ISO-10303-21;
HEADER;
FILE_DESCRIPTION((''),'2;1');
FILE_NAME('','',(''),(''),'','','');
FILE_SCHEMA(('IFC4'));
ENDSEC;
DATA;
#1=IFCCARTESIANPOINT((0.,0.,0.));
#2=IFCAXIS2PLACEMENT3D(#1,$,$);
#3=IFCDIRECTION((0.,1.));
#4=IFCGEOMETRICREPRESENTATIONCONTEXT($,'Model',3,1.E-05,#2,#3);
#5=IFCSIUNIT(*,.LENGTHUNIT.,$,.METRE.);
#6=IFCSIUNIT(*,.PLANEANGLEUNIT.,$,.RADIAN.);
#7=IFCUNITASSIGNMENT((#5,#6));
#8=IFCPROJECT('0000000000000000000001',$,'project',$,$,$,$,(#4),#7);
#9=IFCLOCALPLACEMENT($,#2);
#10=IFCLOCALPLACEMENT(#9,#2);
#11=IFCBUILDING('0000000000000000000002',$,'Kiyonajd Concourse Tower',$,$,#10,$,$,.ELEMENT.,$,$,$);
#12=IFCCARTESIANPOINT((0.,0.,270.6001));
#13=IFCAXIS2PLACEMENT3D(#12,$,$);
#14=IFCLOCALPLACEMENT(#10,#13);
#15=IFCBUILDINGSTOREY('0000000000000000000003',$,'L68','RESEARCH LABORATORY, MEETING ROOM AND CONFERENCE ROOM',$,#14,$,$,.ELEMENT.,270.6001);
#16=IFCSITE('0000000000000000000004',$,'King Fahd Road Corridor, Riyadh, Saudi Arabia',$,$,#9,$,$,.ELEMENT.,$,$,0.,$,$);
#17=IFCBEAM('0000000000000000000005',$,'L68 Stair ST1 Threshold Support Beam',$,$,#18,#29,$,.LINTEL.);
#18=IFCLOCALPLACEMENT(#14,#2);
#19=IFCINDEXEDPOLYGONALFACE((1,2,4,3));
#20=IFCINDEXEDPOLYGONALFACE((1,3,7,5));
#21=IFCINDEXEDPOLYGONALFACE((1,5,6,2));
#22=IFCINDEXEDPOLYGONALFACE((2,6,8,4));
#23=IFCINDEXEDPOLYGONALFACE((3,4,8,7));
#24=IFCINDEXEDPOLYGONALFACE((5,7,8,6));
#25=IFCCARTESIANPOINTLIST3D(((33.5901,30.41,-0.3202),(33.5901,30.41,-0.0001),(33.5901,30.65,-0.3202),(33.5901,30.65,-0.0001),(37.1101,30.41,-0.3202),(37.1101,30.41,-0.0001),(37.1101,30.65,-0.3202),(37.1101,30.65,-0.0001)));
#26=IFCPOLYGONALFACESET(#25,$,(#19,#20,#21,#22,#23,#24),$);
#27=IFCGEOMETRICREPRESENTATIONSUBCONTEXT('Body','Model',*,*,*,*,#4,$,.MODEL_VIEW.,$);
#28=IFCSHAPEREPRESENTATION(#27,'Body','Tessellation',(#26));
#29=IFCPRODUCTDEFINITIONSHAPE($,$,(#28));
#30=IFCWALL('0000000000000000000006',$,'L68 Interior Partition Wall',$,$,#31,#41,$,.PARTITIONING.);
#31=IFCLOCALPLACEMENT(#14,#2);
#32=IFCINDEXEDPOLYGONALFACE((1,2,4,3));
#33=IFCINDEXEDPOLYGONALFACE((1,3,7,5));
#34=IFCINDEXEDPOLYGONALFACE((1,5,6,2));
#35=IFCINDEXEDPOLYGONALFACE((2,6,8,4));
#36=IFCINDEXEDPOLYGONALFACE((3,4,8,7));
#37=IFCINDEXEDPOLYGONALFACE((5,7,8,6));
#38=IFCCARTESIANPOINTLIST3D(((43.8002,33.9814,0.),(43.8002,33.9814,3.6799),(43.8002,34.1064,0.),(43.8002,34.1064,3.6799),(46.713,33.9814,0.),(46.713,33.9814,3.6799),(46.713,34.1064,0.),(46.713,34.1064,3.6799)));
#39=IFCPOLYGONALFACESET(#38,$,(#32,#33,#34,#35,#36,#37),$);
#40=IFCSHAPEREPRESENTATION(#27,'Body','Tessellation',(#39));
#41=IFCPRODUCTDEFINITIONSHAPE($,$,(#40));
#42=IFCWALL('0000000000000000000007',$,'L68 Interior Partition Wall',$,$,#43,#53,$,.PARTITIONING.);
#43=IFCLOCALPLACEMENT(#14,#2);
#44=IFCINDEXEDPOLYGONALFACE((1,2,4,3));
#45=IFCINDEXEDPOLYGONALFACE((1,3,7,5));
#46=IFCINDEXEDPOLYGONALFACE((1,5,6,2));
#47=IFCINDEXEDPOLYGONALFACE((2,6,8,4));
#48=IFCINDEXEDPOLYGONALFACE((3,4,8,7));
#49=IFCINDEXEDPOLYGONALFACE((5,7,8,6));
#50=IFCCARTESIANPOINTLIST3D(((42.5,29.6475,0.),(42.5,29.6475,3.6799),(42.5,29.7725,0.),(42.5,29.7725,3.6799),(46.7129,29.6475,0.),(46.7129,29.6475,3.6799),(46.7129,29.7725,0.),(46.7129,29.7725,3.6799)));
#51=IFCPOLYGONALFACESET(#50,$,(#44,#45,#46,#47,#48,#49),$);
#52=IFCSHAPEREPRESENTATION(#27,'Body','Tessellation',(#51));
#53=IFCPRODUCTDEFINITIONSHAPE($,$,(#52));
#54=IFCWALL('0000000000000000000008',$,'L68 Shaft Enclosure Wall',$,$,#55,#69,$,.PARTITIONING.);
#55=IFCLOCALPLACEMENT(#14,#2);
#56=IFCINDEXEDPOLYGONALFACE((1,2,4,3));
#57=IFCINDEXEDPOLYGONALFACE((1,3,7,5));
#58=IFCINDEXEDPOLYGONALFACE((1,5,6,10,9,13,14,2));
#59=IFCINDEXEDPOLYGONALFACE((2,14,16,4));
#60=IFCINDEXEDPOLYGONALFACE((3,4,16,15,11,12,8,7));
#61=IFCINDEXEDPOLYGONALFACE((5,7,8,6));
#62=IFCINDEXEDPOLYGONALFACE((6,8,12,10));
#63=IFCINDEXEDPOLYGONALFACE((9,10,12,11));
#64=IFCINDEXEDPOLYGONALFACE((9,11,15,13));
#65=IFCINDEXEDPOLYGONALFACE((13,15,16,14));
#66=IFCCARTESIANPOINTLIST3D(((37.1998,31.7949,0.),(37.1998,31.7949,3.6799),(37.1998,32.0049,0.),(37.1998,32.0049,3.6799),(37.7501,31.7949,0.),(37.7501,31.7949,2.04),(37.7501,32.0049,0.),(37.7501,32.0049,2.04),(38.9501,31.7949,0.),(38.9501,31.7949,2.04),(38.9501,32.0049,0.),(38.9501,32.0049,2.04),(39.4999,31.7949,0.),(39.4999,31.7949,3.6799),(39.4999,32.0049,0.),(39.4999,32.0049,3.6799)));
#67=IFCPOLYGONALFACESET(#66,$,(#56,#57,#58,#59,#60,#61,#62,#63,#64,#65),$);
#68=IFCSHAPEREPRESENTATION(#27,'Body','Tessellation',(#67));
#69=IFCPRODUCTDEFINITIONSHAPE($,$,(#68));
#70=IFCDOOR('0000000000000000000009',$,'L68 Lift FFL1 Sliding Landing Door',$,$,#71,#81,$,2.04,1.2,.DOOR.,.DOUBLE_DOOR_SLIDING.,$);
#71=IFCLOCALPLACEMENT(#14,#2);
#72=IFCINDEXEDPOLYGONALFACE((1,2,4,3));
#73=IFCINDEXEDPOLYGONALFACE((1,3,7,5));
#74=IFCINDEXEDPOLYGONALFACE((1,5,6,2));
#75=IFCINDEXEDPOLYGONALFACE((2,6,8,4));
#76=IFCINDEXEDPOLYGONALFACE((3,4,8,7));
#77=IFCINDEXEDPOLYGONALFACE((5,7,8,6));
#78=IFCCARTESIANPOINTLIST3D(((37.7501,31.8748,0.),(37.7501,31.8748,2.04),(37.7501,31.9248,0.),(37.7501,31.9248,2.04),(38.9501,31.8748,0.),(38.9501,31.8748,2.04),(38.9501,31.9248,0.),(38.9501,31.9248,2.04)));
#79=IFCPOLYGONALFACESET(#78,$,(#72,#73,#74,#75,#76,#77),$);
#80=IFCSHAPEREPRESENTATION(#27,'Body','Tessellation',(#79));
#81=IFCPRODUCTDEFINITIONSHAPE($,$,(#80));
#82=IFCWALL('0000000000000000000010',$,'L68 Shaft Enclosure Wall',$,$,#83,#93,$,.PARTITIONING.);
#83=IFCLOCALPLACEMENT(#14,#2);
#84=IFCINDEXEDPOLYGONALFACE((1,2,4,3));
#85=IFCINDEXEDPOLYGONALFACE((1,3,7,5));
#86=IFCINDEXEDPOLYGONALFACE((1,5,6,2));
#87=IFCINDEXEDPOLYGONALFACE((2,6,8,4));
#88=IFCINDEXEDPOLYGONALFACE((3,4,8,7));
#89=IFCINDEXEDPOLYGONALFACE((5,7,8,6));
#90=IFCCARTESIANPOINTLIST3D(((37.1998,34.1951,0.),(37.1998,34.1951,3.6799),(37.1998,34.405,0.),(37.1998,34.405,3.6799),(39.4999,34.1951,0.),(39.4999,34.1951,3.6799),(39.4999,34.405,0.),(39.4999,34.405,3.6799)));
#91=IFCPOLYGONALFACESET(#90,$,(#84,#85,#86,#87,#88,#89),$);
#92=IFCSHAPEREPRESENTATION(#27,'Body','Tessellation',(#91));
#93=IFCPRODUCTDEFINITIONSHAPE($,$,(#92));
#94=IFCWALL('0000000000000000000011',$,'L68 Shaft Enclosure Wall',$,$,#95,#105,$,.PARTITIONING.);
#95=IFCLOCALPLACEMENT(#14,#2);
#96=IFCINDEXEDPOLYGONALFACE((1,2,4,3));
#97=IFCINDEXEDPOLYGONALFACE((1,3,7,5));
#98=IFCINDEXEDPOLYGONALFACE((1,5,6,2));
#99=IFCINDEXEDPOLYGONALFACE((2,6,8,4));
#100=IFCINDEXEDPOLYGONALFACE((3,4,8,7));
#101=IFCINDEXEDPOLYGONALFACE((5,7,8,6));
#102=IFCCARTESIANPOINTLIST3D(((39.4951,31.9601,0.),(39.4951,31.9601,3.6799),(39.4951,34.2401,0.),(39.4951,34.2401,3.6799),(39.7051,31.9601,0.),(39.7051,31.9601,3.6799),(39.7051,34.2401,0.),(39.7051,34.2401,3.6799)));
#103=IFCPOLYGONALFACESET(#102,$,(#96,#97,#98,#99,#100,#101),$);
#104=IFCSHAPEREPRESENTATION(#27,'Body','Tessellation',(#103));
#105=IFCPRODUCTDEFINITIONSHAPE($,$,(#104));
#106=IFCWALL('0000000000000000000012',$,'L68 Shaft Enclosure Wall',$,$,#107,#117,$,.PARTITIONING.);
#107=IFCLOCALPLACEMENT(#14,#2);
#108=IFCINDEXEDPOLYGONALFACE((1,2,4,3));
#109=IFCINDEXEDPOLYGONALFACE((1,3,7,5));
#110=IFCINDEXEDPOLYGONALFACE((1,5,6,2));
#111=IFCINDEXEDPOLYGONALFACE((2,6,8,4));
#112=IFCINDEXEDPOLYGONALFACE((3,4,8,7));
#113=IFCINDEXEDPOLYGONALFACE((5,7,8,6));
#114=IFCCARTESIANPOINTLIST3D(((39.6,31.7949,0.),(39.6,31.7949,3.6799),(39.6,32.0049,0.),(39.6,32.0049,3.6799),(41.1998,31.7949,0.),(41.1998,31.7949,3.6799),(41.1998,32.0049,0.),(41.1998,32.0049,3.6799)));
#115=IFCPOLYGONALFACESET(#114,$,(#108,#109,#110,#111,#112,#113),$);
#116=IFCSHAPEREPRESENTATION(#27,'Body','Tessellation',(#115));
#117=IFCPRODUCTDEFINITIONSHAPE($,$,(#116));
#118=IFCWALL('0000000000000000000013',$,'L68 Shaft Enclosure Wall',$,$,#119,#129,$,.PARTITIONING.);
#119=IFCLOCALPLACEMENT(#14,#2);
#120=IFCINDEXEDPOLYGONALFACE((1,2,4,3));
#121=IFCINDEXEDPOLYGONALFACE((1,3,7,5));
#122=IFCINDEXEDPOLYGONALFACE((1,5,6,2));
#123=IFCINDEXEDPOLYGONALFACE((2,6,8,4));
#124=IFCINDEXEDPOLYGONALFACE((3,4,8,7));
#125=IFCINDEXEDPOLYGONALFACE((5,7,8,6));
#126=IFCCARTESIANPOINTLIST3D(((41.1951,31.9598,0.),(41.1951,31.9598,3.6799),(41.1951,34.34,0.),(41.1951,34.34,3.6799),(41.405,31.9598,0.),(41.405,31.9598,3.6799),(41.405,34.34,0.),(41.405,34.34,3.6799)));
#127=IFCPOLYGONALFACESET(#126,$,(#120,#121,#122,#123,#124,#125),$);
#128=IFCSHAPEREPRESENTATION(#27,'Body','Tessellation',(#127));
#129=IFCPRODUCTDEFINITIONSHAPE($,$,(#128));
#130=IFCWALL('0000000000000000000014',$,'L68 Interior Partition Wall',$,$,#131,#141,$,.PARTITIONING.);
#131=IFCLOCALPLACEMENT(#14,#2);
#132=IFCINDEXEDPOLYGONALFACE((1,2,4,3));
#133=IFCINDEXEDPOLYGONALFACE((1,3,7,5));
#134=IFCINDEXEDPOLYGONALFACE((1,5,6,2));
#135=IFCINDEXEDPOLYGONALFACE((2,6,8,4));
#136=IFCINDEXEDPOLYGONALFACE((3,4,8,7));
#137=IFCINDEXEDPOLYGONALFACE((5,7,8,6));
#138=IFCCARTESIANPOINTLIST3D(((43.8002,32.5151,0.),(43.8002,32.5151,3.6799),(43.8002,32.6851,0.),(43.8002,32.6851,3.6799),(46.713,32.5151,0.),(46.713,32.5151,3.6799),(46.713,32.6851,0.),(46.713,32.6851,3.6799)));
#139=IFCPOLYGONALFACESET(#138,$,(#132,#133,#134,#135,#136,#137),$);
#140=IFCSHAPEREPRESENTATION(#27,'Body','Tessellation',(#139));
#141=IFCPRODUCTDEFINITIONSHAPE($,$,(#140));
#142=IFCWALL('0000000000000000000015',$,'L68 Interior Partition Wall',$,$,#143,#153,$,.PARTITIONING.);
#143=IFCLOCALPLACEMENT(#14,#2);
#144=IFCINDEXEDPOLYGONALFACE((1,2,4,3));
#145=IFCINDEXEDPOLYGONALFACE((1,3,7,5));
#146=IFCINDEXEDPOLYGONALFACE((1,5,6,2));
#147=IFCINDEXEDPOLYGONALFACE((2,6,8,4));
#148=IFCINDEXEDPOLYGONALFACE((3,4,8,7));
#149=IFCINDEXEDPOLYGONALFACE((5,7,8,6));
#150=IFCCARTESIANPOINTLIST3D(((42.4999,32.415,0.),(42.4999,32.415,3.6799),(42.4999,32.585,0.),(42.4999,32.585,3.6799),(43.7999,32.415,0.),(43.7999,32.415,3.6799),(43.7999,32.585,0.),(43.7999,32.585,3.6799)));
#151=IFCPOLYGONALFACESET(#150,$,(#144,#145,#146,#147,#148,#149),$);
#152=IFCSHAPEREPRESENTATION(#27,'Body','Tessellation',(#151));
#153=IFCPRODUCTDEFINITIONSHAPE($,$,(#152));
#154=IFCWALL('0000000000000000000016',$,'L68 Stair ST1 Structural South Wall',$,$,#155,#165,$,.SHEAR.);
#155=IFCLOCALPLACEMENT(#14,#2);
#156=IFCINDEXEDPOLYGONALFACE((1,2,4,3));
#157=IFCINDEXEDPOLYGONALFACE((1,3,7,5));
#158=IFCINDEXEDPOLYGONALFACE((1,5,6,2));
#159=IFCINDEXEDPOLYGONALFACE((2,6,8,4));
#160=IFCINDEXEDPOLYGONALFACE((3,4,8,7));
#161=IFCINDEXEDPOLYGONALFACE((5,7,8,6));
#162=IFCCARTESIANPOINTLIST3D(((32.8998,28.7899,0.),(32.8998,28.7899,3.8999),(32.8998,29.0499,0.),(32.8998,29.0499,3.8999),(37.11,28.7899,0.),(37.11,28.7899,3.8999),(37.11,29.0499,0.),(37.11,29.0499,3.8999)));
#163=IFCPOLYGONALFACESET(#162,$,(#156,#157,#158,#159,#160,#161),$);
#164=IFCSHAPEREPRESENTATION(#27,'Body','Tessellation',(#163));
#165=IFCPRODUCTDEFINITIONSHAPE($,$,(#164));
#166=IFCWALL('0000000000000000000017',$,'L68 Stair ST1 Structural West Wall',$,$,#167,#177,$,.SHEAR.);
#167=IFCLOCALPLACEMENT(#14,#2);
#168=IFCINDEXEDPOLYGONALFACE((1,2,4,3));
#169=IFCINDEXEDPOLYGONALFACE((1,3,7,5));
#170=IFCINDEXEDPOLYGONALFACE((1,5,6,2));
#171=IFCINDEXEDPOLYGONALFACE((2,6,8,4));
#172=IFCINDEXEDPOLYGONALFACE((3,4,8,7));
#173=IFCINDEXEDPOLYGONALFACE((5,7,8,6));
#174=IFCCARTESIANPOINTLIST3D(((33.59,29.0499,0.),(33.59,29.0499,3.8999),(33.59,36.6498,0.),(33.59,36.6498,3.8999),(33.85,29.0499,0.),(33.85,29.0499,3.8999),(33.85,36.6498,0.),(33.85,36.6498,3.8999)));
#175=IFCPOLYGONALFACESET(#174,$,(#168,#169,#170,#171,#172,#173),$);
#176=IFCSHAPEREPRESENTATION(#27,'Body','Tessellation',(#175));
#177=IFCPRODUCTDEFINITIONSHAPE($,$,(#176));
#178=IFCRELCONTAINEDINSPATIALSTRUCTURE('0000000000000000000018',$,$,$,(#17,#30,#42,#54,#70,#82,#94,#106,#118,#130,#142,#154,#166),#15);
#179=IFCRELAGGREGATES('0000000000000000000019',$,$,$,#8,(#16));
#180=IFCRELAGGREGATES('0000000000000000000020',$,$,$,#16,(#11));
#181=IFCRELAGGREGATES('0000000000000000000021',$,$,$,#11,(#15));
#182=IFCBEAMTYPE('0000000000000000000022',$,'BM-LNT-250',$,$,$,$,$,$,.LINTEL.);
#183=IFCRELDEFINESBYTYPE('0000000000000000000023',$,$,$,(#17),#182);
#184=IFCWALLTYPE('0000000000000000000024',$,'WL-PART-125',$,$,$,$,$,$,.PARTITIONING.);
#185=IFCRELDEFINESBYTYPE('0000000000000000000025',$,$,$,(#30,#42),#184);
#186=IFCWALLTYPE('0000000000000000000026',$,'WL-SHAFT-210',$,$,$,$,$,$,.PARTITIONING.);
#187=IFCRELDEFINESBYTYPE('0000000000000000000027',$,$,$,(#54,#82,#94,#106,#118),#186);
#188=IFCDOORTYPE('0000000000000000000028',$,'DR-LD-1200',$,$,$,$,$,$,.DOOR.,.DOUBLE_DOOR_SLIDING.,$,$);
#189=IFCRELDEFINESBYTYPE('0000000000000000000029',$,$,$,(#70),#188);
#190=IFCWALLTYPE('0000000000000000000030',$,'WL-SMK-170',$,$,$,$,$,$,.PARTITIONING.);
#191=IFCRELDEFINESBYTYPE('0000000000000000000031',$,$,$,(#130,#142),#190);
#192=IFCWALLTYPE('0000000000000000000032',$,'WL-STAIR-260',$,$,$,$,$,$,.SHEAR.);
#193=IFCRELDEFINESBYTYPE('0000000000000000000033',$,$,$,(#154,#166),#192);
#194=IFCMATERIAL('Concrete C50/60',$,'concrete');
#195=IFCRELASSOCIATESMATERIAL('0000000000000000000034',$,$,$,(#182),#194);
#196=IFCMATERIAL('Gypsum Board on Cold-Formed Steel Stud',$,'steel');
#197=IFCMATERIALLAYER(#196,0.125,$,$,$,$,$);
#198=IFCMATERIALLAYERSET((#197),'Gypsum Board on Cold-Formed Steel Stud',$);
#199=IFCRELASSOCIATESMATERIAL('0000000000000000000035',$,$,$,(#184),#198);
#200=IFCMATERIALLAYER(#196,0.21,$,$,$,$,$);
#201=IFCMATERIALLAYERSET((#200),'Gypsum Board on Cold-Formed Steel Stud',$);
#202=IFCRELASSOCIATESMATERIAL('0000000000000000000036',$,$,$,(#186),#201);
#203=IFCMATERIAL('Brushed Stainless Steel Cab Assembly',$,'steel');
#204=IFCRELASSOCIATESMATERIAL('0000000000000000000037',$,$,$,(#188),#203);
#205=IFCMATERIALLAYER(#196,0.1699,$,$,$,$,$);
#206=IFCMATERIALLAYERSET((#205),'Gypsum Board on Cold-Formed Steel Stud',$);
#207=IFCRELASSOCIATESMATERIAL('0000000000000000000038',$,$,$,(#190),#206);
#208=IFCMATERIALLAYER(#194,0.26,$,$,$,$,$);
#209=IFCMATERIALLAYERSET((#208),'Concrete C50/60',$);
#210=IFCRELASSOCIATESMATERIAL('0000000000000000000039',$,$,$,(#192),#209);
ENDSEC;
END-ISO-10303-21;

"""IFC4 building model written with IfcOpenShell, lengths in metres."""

from ifc_helpers import new_model, si_unit, direction, frame, frame_2d, origin, origin_2d, place, context, subcontext, project, spatial, rectangle, extrude, material, layer, layer_set, material_profile, profile_set, type_object, element, fill, save


model = new_model("IFC4")

# Units and contexts
model_context = context("Model", 3, precision=1e-05, world=origin(), true_north=direction((0.0, 1.0)))
body_context = subcontext(model_context, "Body", "Model", "MODEL_VIEW")
ifc_project = project(units=[si_unit("LENGTHUNIT", "METRE"), si_unit("PLANEANGLEUNIT", "RADIAN")], contexts=[model_context])

# Site, building, storey
site_placement = place(None, origin())
site = spatial("IfcSite", under=ifc_project, at=site_placement, Name="King Fahd Road Corridor, Riyadh, Saudi Arabia", CompositionType="ELEMENT", RefElevation=0.0)
building_placement = place(site_placement, origin())
building = spatial("IfcBuilding", under=site, at=building_placement, Name="Kiyonajd Concourse Tower", CompositionType="ELEMENT")
storey_placement = place(building_placement, frame((0.0, 0.0, 270.6001)))
storey = spatial("IfcBuildingStorey", under=building, at=storey_placement, Name="L68", Description="RESEARCH LABORATORY, MEETING ROOM AND CONFERENCE ROOM", CompositionType="ELEMENT", Elevation=270.6001)

# Beam
ifc_material_1 = material(Name="Concrete C50/60", Category="concrete")
ifc_material_profile = material_profile(ifc_material_1, rectangle(XDim=0.24, YDim=0.3201, at=origin_2d()), Name="RCBM-240x320")
ifc_profile_set = profile_set([ifc_material_profile], Name="Concrete C50/60")
beam_type = type_object("IfcBeamType", Name="BM-LNT-250", PredefinedType="LINTEL", material=ifc_profile_set)
beam_placement = place(storey_placement, frame((33.5901, 30.53, -0.1602), z_axis=(1.0, 0.0, 0.0), x_axis=(0.0, 1.0, 0.0)))
element("IfcBeam", 1, at=beam_placement, inside=storey, type_object=beam_type, Name="L68 Stair ST1 Threshold Support Beam", PredefinedType="LINTEL", context=body_context, shape_type="SweptSolid", body=[
    extrude(rectangle(XDim=0.24, YDim=0.3201, at=origin_2d()), origin(), (0.0, 0.0, 1.0), 3.52),
])

# Walls
ifc_material_2 = material(Name="Gypsum Board on Cold-Formed Steel Stud", Category="steel")
ifc_layer_1 = layer(ifc_material_2, 0.125)
ifc_layer_set_1 = layer_set([ifc_layer_1], Name="Gypsum Board on Cold-Formed Steel Stud")
wall_type_1 = type_object("IfcWallType", Name="WL-PART-125", PredefinedType="PARTITIONING", material=ifc_layer_set_1)
wall_1_placement = place(storey_placement, frame((43.8, 34.0439, 0.0), z_axis=(0.0, 0.0, 1.0), x_axis=(1.0, 0.0, 0.0)))
element("IfcWall", 2, at=wall_1_placement, inside=storey, type_object=wall_type_1, Name="L68 Interior Partition Wall", PredefinedType="PARTITIONING", context=body_context, shape_type="SweptSolid", body=[
    extrude(rectangle(XDim=2.9128, YDim=0.125, at=frame_2d((1.4565, 0.0))), origin(), (0.0, 0.0, 1.0), 3.6799),
])
wall_2_placement = place(storey_placement, frame((42.5, 29.71, 0.0), z_axis=(0.0, 0.0, 1.0), x_axis=(1.0, 0.0, 0.0)))
element("IfcWall", 3, at=wall_2_placement, inside=storey, type_object=wall_type_1, Name="L68 Interior Partition Wall", PredefinedType="PARTITIONING", context=body_context, shape_type="SweptSolid", body=[
    extrude(rectangle(XDim=4.2129, YDim=0.125, at=frame_2d((2.1064, 0.0))), origin(), (0.0, 0.0, 1.0), 3.6799),
])

# Wall, opening, door
ifc_layer_2 = layer(ifc_material_2, 0.21)
ifc_layer_set_2 = layer_set([ifc_layer_2], Name="Gypsum Board on Cold-Formed Steel Stud")
wall_type_2 = type_object("IfcWallType", Name="WL-SHAFT-210", PredefinedType="PARTITIONING", material=ifc_layer_set_2)
wall_3_placement = place(storey_placement, frame((37.2, 31.8999, 0.0), z_axis=(0.0, 0.0, 1.0), x_axis=(1.0, 0.0, 0.0)))
wall_3 = element("IfcWall", 4, at=wall_3_placement, inside=storey, type_object=wall_type_2, Name="L68 Shaft Enclosure Wall", PredefinedType="PARTITIONING", context=body_context, shape_type="SweptSolid", body=[
    extrude(rectangle(XDim=2.3, YDim=0.21, at=frame_2d((1.1499, 0.0))), origin(), (0.0, 0.0, 1.0), 3.6799),
])
opening_1_placement = place(wall_3_placement, frame((0.55, 0.0, 0.0)))
opening_1 = element("IfcOpeningElement", 5, at=opening_1_placement, cuts=wall_3, PredefinedType="OPENING", context=body_context, shape_type="SweptSolid", body=[
    extrude(rectangle(XDim=1.2, YDim=2.04, at=frame_2d((0.6001, 1.02))), frame((0.0, 0.115, 0.0), z_axis=(0.0, -1.0, 0.0), x_axis=(1.0, 0.0, 0.0)), (0.0, 0.0, 1.0), 0.23),
])
ifc_material_3 = material(Name="Brushed Stainless Steel Cab Assembly", Category="steel")
door_type_1 = type_object("IfcDoorType", Name="DR-LD-1200", OperationType="DOUBLE_DOOR_SLIDING", PredefinedType="DOOR", material=ifc_material_3)
door_1_placement = place(opening_1_placement, origin())
door_1 = element("IfcDoor", 6, at=door_1_placement, inside=storey, type_object=door_type_1, Name="L68 Lift FFL1 Sliding Landing Door", OperationType="DOUBLE_DOOR_SLIDING", OverallHeight=2.04, OverallWidth=1.2, PredefinedType="DOOR", context=body_context, shape_type="SweptSolid", body=[
    extrude(rectangle(XDim=1.2, YDim=2.04, at=frame_2d((0.6001, 1.02))), frame((0.0, 0.0249, 0.0), z_axis=(0.0, -1.0, 0.0), x_axis=(1.0, 0.0, 0.0)), (0.0, 0.0, 1.0), 0.05),
])
fill(opening_1, door_1)

# Walls
wall_4_placement = place(storey_placement, frame((37.2, 34.3, 0.0), z_axis=(0.0, 0.0, 1.0), x_axis=(1.0, 0.0, 0.0)))
element("IfcWall", 7, at=wall_4_placement, inside=storey, type_object=wall_type_2, Name="L68 Shaft Enclosure Wall", PredefinedType="PARTITIONING", context=body_context, shape_type="SweptSolid", body=[
    extrude(rectangle(XDim=2.3, YDim=0.21, at=frame_2d((1.1499, 0.0))), origin(), (0.0, 0.0, 1.0), 3.6799),
])
wall_5_placement = place(storey_placement, frame((39.6001, 31.96, 0.0), z_axis=(0.0, 0.0, 1.0), x_axis=(0.0, 1.0, 0.0)))
element("IfcWall", 8, at=wall_5_placement, inside=storey, type_object=wall_type_2, Name="L68 Shaft Enclosure Wall", PredefinedType="PARTITIONING", context=body_context, shape_type="SweptSolid", body=[
    extrude(rectangle(XDim=2.28, YDim=0.21, at=frame_2d((1.1401, 0.0))), origin(), (0.0, 0.0, 1.0), 3.6799),
])
wall_6_placement = place(storey_placement, frame((39.6001, 31.8999, 0.0), z_axis=(0.0, 0.0, 1.0), x_axis=(1.0, 0.0, 0.0)))
element("IfcWall", 9, at=wall_6_placement, inside=storey, type_object=wall_type_2, Name="L68 Shaft Enclosure Wall", PredefinedType="PARTITIONING", context=body_context, shape_type="SweptSolid", body=[
    extrude(rectangle(XDim=1.5999, YDim=0.21, at=frame_2d((0.7998, 0.0))), origin(), (0.0, 0.0, 1.0), 3.6799),
])
wall_7_placement = place(storey_placement, frame((41.3, 31.96, 0.0), z_axis=(0.0, 0.0, 1.0), x_axis=(0.0, 1.0, 0.0)))
element("IfcWall", 10, at=wall_7_placement, inside=storey, type_object=wall_type_2, Name="L68 Shaft Enclosure Wall", PredefinedType="PARTITIONING", context=body_context, shape_type="SweptSolid", body=[
    extrude(rectangle(XDim=2.3801, YDim=0.21, at=frame_2d((1.1899, 0.0))), origin(), (0.0, 0.0, 1.0), 3.6799),
])
ifc_layer_3 = layer(ifc_material_2, 0.1699)
ifc_layer_set_3 = layer_set([ifc_layer_3], Name="Gypsum Board on Cold-Formed Steel Stud")
wall_type_3 = type_object("IfcWallType", Name="WL-SMK-170", PredefinedType="PARTITIONING", material=ifc_layer_set_3)
wall_8_placement = place(storey_placement, frame((43.8, 32.6001, 0.0), z_axis=(0.0, 0.0, 1.0), x_axis=(1.0, 0.0, 0.0)))
element("IfcWall", 11, at=wall_8_placement, inside=storey, type_object=wall_type_3, Name="L68 Interior Partition Wall", PredefinedType="PARTITIONING", context=body_context, shape_type="SweptSolid", body=[
    extrude(rectangle(XDim=2.9128, YDim=0.1699, at=frame_2d((1.4565, 0.0))), origin(), (0.0, 0.0, 1.0), 3.6799),
])
wall_9_placement = place(storey_placement, frame((42.5, 32.5, 0.0), z_axis=(0.0, 0.0, 1.0), x_axis=(1.0, 0.0, 0.0)))
element("IfcWall", 12, at=wall_9_placement, inside=storey, type_object=wall_type_3, Name="L68 Interior Partition Wall", PredefinedType="PARTITIONING", context=body_context, shape_type="SweptSolid", body=[
    extrude(rectangle(XDim=1.3, YDim=0.1699, at=frame_2d((0.6499, 0.0))), origin(), (0.0, 0.0, 1.0), 3.6799),
])
ifc_layer_4 = layer(ifc_material_1, 0.26)
ifc_layer_set_4 = layer_set([ifc_layer_4], Name="Concrete C50/60")
wall_type_4 = type_object("IfcWallType", Name="WL-STAIR-260", PredefinedType="SHEAR", material=ifc_layer_set_4)
wall_10_placement = place(storey_placement, frame((32.8999, 28.9199, 0.0), z_axis=(0.0, 0.0, 1.0), x_axis=(1.0, 0.0, 0.0)))
element("IfcWall", 13, at=wall_10_placement, inside=storey, type_object=wall_type_4, Name="L68 Stair ST1 Structural South Wall", PredefinedType="SHEAR", context=body_context, shape_type="SweptSolid", body=[
    extrude(rectangle(XDim=4.2102, YDim=0.26, at=frame_2d((2.105, 0.0))), origin(), (0.0, 0.0, 1.0), 3.8999),
])
wall_11_placement = place(storey_placement, frame((33.72, 29.05, 0.0), z_axis=(0.0, 0.0, 1.0), x_axis=(0.0, 1.0, 0.0)))
element("IfcWall", 14, at=wall_11_placement, inside=storey, type_object=wall_type_4, Name="L68 Stair ST1 Structural West Wall", PredefinedType="SHEAR", context=body_context, shape_type="SweptSolid", body=[
    extrude(rectangle(XDim=7.5999, YDim=0.26, at=frame_2d((3.7998, 0.0))), origin(), (0.0, 0.0, 1.0), 3.8999),
])

save(model, "model.ifc")
